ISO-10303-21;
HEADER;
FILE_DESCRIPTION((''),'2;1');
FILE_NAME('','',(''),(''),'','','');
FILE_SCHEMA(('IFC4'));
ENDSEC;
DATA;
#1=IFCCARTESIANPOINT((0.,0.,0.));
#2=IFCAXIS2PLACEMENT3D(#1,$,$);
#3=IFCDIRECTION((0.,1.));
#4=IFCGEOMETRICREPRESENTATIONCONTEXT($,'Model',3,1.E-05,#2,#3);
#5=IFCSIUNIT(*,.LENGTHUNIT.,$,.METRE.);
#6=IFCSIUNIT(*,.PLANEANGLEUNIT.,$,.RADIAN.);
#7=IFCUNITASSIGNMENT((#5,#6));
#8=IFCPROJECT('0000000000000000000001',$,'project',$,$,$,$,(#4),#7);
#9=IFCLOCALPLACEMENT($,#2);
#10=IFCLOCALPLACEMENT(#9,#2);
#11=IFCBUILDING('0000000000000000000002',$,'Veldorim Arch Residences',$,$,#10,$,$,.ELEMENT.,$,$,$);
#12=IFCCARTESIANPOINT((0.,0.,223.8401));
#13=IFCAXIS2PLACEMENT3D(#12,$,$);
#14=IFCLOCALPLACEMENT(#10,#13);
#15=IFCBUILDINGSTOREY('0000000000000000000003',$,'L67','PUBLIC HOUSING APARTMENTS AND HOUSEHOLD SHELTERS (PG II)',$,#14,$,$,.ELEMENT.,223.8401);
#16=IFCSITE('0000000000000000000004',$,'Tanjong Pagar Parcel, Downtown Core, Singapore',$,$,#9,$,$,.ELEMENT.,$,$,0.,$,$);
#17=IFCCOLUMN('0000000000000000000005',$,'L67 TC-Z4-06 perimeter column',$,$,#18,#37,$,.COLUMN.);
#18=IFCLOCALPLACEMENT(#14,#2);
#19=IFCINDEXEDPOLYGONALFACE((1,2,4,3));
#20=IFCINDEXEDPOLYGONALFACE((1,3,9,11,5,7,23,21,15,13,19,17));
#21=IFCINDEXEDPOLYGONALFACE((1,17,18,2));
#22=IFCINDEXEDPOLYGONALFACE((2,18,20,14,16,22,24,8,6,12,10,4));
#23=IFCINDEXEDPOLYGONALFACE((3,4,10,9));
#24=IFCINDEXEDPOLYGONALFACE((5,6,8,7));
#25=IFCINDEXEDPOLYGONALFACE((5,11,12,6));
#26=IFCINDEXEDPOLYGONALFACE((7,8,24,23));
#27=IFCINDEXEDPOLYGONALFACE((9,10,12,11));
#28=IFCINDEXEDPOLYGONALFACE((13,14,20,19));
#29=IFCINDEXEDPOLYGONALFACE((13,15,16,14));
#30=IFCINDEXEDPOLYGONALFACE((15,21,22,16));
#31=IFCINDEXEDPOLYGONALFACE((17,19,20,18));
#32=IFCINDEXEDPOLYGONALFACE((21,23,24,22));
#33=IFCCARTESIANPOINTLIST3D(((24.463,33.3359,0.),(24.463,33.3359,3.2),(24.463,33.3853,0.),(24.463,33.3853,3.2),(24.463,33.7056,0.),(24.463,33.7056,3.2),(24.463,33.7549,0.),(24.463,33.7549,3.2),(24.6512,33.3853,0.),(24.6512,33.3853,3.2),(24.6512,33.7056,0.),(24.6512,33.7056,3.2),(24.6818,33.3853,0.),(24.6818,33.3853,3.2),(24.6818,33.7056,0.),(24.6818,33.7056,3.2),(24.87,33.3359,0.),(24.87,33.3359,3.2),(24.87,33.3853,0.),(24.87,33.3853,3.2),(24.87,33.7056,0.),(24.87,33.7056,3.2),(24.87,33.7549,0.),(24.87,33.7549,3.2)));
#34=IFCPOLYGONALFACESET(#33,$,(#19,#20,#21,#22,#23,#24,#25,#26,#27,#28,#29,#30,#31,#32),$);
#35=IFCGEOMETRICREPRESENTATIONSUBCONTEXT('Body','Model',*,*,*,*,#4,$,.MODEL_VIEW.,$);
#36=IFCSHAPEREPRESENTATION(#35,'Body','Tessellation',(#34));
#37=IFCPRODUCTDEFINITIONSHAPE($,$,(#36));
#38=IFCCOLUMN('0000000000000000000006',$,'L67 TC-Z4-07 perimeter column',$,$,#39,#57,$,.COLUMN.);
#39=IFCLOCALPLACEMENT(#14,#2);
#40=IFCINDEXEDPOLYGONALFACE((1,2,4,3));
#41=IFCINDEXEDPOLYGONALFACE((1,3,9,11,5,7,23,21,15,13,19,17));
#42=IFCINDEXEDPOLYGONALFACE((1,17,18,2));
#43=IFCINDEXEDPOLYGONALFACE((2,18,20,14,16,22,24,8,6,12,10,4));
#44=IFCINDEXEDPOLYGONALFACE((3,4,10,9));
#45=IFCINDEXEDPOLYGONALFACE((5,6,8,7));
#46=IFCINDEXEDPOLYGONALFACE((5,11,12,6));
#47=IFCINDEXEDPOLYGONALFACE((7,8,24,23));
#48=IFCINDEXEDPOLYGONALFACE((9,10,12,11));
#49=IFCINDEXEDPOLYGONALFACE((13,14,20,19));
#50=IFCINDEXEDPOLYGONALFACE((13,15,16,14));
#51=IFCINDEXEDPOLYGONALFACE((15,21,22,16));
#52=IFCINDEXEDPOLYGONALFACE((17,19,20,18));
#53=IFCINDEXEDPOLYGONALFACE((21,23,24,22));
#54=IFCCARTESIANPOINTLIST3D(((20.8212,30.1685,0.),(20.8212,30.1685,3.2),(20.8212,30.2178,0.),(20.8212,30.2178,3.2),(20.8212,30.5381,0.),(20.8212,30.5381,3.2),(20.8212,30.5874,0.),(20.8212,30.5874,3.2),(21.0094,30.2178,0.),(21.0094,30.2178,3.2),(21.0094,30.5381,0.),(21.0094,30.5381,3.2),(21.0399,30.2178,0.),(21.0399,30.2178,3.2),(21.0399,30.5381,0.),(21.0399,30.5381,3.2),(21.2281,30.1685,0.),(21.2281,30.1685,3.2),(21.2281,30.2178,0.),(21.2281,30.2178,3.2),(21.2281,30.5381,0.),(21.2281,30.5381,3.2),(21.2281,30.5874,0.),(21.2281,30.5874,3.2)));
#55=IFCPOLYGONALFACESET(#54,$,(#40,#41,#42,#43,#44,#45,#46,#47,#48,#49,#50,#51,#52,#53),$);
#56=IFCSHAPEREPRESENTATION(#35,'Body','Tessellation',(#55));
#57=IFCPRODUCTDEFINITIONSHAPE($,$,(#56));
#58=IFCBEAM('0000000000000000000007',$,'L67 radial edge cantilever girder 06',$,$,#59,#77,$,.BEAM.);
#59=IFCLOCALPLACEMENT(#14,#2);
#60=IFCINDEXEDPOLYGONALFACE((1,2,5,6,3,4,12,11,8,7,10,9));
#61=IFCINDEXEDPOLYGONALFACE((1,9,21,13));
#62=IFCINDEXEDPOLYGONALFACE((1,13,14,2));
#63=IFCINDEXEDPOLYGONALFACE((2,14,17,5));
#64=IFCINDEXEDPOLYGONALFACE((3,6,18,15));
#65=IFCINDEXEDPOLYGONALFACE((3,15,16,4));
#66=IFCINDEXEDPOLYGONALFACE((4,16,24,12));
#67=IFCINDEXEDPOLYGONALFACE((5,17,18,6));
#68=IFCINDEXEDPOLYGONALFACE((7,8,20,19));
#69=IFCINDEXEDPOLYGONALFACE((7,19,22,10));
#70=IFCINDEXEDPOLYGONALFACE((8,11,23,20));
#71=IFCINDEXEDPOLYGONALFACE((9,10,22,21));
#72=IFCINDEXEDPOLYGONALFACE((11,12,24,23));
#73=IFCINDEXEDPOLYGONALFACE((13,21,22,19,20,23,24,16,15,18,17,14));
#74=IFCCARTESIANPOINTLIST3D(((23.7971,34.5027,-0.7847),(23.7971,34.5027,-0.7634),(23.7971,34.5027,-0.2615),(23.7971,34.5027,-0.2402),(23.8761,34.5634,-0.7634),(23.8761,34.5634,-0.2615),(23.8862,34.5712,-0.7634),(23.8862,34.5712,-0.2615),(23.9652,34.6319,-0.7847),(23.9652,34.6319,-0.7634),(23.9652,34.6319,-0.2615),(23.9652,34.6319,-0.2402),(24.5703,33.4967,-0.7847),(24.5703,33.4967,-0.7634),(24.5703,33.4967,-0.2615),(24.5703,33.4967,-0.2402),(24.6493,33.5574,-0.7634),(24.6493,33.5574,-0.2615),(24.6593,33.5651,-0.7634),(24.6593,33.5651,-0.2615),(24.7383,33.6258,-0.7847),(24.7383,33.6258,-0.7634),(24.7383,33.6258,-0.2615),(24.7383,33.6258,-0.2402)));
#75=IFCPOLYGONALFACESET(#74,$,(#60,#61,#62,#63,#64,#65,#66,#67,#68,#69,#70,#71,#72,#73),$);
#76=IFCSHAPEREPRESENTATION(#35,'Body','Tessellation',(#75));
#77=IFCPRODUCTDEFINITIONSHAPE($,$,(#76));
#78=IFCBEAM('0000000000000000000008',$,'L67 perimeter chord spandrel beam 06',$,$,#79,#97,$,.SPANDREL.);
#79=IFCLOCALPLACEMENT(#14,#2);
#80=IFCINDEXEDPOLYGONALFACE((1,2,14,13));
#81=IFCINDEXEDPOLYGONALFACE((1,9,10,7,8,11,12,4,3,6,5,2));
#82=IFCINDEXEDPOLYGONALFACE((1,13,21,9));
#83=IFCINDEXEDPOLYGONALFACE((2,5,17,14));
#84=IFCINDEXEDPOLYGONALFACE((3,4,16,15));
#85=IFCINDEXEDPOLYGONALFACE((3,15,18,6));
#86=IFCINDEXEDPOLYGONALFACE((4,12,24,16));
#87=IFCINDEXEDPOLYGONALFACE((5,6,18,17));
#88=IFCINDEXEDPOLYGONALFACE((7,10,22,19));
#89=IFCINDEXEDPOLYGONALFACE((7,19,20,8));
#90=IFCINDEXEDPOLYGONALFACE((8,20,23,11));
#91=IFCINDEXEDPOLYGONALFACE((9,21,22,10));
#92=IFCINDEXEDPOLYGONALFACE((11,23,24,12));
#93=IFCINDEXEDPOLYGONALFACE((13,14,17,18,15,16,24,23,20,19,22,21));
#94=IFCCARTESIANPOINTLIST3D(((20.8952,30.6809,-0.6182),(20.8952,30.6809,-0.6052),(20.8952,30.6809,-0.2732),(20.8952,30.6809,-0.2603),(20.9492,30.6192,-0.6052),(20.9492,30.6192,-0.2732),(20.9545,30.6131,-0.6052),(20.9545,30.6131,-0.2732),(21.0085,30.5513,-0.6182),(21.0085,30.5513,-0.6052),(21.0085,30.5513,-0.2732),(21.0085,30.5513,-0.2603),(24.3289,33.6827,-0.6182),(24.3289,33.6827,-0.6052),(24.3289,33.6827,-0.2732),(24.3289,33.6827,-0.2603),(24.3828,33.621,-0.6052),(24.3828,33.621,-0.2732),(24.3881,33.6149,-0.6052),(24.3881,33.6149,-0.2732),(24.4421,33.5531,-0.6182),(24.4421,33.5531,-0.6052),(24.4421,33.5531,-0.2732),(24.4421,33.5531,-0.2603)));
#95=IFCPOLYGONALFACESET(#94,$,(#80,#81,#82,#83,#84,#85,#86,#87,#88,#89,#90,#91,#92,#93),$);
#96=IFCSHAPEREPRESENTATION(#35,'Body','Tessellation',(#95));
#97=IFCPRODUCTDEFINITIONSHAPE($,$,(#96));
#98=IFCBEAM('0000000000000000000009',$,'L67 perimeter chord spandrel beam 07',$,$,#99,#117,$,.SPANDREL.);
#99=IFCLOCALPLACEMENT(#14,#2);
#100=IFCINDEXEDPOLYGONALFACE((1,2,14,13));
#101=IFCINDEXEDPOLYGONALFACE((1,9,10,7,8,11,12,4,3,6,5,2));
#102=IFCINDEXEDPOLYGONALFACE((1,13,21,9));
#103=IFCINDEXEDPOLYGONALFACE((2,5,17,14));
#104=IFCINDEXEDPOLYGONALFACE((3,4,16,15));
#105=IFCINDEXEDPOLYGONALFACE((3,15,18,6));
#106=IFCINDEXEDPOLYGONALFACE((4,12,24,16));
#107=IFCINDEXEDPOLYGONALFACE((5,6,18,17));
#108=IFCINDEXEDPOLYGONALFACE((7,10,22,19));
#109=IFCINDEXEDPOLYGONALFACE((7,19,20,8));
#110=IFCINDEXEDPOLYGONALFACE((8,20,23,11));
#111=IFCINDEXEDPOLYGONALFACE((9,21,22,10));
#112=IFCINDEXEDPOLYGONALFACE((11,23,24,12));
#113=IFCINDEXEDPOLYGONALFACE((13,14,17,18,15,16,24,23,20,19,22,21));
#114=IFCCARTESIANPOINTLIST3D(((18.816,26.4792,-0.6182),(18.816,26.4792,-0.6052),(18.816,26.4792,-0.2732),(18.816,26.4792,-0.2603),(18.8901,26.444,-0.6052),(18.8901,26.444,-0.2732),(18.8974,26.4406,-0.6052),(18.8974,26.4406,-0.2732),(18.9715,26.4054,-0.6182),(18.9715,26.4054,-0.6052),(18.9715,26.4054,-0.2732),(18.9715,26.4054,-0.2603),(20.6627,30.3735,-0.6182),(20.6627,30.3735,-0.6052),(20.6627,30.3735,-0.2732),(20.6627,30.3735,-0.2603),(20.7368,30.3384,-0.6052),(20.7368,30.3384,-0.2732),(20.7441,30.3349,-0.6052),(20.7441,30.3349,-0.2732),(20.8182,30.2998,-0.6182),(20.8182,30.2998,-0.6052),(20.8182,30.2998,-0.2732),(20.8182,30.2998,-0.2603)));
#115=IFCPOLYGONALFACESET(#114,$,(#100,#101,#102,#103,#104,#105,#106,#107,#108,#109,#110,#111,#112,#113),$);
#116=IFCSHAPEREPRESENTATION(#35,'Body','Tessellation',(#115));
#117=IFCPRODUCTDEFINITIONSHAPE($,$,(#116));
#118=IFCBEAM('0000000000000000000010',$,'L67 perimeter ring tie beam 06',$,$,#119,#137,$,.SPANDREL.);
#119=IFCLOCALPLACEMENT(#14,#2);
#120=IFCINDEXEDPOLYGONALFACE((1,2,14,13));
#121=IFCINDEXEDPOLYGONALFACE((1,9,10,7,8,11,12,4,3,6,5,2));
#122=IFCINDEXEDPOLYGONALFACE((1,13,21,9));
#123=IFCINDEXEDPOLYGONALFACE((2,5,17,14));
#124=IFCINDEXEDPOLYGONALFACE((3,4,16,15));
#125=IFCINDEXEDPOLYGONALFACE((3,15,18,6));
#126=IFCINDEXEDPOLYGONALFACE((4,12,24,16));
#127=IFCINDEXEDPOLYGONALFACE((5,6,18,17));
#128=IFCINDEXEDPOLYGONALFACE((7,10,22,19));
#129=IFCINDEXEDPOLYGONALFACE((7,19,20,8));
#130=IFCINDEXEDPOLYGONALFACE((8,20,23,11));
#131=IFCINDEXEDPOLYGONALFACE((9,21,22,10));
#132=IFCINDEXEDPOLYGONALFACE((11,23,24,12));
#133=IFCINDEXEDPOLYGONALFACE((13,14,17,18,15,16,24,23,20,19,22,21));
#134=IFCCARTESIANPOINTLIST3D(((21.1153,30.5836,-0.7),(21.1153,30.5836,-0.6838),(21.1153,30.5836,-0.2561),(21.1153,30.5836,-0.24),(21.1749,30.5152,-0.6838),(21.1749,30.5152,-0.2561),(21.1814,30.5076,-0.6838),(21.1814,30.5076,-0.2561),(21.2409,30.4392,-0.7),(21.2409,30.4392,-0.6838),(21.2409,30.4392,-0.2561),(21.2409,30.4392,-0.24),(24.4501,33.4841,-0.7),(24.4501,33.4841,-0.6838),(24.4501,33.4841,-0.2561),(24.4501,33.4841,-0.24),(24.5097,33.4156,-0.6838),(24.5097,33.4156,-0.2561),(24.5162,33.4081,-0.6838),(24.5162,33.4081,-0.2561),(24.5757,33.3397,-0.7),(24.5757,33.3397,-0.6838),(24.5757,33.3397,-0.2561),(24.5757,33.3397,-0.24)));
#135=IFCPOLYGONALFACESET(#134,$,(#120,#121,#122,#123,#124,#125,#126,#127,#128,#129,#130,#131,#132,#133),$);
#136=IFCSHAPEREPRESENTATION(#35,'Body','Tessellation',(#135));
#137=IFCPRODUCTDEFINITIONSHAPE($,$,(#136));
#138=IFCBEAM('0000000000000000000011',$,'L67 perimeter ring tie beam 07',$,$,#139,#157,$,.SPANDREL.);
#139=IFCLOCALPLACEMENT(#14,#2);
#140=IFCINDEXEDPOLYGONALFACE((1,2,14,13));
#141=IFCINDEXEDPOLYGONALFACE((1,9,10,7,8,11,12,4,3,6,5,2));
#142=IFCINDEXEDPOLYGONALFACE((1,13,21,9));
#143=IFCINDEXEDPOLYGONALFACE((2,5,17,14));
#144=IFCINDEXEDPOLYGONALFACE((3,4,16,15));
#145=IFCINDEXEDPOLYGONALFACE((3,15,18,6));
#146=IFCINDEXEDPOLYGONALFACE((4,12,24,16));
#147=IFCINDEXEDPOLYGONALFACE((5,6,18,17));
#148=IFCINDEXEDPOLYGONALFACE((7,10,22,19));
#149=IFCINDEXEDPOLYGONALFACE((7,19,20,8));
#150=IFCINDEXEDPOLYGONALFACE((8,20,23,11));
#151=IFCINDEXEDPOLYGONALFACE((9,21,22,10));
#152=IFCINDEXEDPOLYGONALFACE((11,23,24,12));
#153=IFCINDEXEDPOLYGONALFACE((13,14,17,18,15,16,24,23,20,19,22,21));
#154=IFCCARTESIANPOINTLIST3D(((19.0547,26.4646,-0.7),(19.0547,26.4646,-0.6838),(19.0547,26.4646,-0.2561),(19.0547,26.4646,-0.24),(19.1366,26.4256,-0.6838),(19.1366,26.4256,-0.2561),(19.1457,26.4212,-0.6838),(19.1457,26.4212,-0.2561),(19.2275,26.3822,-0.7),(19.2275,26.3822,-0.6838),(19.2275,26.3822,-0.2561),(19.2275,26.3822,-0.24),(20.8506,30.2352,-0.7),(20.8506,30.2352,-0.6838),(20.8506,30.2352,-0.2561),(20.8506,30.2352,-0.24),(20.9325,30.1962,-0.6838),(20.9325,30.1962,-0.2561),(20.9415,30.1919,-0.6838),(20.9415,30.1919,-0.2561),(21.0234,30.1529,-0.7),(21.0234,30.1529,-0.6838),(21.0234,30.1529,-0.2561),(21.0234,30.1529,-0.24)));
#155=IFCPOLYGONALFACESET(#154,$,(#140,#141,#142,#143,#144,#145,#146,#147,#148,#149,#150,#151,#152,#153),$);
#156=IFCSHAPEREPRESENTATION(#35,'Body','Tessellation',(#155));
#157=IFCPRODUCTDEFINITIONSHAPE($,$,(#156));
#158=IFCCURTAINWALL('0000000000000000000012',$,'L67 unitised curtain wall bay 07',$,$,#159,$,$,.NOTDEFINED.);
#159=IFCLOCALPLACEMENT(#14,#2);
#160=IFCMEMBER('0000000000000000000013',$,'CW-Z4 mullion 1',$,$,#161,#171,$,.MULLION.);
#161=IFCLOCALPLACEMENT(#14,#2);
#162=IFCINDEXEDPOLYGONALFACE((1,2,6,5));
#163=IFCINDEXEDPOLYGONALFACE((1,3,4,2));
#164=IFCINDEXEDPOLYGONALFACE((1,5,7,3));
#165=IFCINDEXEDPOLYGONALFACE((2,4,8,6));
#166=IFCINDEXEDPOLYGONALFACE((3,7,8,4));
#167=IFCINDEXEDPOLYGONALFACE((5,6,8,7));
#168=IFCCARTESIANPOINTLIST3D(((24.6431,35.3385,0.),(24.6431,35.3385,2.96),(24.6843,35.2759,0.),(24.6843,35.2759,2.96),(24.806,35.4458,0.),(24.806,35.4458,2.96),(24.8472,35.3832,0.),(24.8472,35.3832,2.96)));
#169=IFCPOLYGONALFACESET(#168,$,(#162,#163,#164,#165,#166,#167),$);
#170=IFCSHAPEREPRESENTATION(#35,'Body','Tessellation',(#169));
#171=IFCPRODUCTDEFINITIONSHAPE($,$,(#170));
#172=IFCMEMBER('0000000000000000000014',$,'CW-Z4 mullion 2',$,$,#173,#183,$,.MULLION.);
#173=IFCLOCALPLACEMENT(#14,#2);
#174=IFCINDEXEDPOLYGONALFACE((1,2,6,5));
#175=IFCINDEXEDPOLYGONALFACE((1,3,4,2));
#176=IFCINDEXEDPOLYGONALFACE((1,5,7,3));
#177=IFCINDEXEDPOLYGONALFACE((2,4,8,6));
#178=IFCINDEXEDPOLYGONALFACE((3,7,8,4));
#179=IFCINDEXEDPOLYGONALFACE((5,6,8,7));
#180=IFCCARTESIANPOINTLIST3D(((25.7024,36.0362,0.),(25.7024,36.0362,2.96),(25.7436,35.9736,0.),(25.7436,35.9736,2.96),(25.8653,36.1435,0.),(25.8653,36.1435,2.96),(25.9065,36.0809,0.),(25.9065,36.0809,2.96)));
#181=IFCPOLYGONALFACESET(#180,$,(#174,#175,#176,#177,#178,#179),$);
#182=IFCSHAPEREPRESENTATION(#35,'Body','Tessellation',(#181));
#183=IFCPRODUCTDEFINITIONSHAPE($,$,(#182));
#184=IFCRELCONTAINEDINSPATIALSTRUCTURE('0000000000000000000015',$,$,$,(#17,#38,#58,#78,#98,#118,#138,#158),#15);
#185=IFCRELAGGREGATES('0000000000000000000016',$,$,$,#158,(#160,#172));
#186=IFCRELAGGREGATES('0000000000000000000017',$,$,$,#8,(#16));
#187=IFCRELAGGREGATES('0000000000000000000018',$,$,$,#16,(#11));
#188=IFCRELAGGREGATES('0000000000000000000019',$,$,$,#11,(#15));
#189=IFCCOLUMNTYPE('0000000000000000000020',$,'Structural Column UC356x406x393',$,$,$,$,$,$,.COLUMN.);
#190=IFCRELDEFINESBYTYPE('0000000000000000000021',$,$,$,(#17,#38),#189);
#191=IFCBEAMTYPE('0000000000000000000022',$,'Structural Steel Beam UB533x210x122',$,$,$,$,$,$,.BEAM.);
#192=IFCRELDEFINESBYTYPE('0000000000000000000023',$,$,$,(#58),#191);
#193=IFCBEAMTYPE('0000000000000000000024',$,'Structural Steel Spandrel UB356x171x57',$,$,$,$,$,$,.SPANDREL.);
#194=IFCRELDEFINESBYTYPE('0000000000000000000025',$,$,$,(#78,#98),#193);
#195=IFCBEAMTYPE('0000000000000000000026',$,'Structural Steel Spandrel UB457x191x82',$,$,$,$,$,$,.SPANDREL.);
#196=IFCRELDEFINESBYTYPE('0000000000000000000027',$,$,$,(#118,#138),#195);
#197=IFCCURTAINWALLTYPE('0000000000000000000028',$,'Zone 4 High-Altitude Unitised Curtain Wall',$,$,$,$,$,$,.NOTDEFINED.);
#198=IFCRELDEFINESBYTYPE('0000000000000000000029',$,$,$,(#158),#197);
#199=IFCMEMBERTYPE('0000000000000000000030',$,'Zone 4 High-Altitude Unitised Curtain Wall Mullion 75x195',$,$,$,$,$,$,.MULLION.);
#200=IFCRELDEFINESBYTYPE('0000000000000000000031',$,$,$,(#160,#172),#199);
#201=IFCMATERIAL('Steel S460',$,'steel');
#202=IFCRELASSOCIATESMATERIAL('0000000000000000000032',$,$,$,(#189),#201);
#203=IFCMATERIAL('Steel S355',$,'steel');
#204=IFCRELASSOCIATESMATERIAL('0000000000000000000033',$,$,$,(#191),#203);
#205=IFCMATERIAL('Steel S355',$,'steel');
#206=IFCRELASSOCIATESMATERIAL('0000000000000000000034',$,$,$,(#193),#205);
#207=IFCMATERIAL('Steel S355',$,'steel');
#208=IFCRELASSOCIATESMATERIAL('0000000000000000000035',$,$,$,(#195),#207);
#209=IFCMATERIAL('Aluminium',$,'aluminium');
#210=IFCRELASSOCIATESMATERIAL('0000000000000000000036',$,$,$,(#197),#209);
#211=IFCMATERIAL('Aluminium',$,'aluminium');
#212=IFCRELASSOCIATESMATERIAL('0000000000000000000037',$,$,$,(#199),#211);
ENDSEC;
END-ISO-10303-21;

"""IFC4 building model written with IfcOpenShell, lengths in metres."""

from ifc_helpers import new_model, si_unit, direction, frame, origin, origin_2d, place, context, subcontext, project, spatial, rectangle, i_section, extrude, material, material_profile, profile_set, type_object, element, aggregate, save


model = new_model("IFC4")

# Units and contexts
model_context = context("Model", 3, precision=1e-05, world=origin(), true_north=direction((0.0, 1.0)))
body_context = subcontext(model_context, "Body", "Model", "MODEL_VIEW")
ifc_project = project(units=[si_unit("LENGTHUNIT", "METRE"), si_unit("PLANEANGLEUNIT", "RADIAN")], contexts=[model_context])

# Site, building, storey
site_placement = place(None, origin())
site = spatial("IfcSite", under=ifc_project, at=site_placement, Name="Tanjong Pagar Parcel, Downtown Core, Singapore", CompositionType="ELEMENT", RefElevation=0.0)
building_placement = place(site_placement, origin())
building = spatial("IfcBuilding", under=site, at=building_placement, Name="Veldorim Arch Residences", CompositionType="ELEMENT")
storey_placement = place(building_placement, frame((0.0, 0.0, 223.8401)))
storey = spatial("IfcBuildingStorey", under=building, at=storey_placement, Name="L67", Description="PUBLIC HOUSING APARTMENTS AND HOUSEHOLD SHELTERS (PG II)", CompositionType="ELEMENT", Elevation=223.8401)

# Columns
ifc_material_1 = material(Name="Steel S460", Category="steel")
ifc_material_profile_1 = material_profile(ifc_material_1, i_section(OverallWidth=0.407, OverallDepth=0.4189, WebThickness=0.0305, FlangeThickness=0.0493, at=origin_2d()), Name="UC356x406x393")
ifc_profile_set_1 = profile_set([ifc_material_profile_1], Name="Steel S460")
column_type = type_object("IfcColumnType", Name="Structural Column UC356x406x393", PredefinedType="COLUMN", material=ifc_profile_set_1)
for number, where, z_axis, x_axis, name in (
    (1, (24.6665, 33.5454, 0.0), (0.0, 0.0, 1.0), (1.0, 0.0, 0.0), "L67 TC-Z4-06 perimeter column"),
    (2, (21.0247, 30.3779, 0.0), (0.0, 0.0, 1.0), (1.0, 0.0, 0.0), "L67 TC-Z4-07 perimeter column"),
):
    element("IfcColumn", number, at=place(storey_placement, frame(where, z_axis=z_axis, x_axis=x_axis)), inside=storey, type_object=column_type, Name=name, PredefinedType="COLUMN", context=body_context, shape_type="SweptSolid", body=[
        extrude(i_section(OverallWidth=0.407, OverallDepth=0.4189, WebThickness=0.0305, FlangeThickness=0.0493, at=origin_2d()), origin(), (0.0, 0.0, 1.0), 3.2),
    ])

# Beams
ifc_material_2 = material(Name="Steel S355", Category="steel")
ifc_material_profile_2 = material_profile(ifc_material_2, i_section(OverallWidth=0.2119, OverallDepth=0.5444, WebThickness=0.0127, FlangeThickness=0.0212, at=origin_2d()), Name="UB533x210x122")
ifc_profile_set_2 = profile_set([ifc_material_profile_2], Name="Steel S355")
beam_type_1 = type_object("IfcBeamType", Name="Structural Steel Beam UB533x210x122", PredefinedType="BEAM", material=ifc_profile_set_2)
beam_1_placement = place(storey_placement, frame((24.6543, 33.5613, -0.5125), z_axis=(-0.609348, 0.792903, 0.0), x_axis=(-0.792903, -0.609348, 0.0)))
element("IfcBeam", 3, at=beam_1_placement, inside=storey, type_object=beam_type_1, Name="L67 radial edge cantilever girder 06", PredefinedType="BEAM", context=body_context, shape_type="SweptSolid", body=[
    extrude(i_section(OverallWidth=0.2119, OverallDepth=0.5444, WebThickness=0.0127, FlangeThickness=0.0212, at=origin_2d()), origin(), (0.0, 0.0, 1.0), 1.2688),
])
ifc_material_3 = material(Name="Steel S355", Category="steel")
ifc_material_profile_3 = material_profile(ifc_material_3, i_section(OverallWidth=0.1721, OverallDepth=0.3579, WebThickness=0.0081, FlangeThickness=0.0129, at=origin_2d()), Name="UB356x171x57")
ifc_profile_set_3 = profile_set([ifc_material_profile_3], Name="Steel S355")
beam_type_2 = type_object("IfcBeamType", Name="Structural Steel Spandrel UB356x171x57", PredefinedType="SPANDREL", material=ifc_profile_set_3)
beam_2_placement = place(storey_placement, frame((24.3855, 33.6179, -0.4392), z_axis=(-0.752868, -0.658171, 0.0), x_axis=(0.658171, -0.752868, 0.0)))
element("IfcBeam", 4, at=beam_2_placement, inside=storey, type_object=beam_type_2, Name="L67 perimeter chord spandrel beam 06", PredefinedType="SPANDREL", context=body_context, shape_type="SweptSolid", body=[
    extrude(i_section(OverallWidth=0.1721, OverallDepth=0.3579, WebThickness=0.0081, FlangeThickness=0.0129, at=origin_2d()), origin(), (0.0, 0.0, 1.0), 4.5608),
])
beam_3_placement = place(storey_placement, frame((20.7405, 30.3367, -0.4392), z_axis=(-0.428469, -0.903557, 0.0), x_axis=(0.903557, -0.428469, 0.0)))
element("IfcBeam", 5, at=beam_3_placement, inside=storey, type_object=beam_type_2, Name="L67 perimeter chord spandrel beam 07", PredefinedType="SPANDREL", context=body_context, shape_type="SweptSolid", body=[
    extrude(i_section(OverallWidth=0.1721, OverallDepth=0.3579, WebThickness=0.0081, FlangeThickness=0.0129, at=origin_2d()), origin(), (0.0, 0.0, 1.0), 4.3101),
])
ifc_material_4 = material(Name="Steel S355", Category="steel")
ifc_material_profile_4 = material_profile(ifc_material_4, i_section(OverallWidth=0.1914, OverallDepth=0.46, WebThickness=0.01, FlangeThickness=0.0161, at=origin_2d()), Name="UB457x191x82")
ifc_profile_set_4 = profile_set([ifc_material_profile_4], Name="Steel S355")
beam_type_3 = type_object("IfcBeamType", Name="Structural Steel Spandrel UB457x191x82", PredefinedType="SPANDREL", material=ifc_profile_set_4)
beam_4_placement = place(storey_placement, frame((24.5129, 33.4119, -0.47), z_axis=(-0.754534, -0.656261, 0.0), x_axis=(0.656261, -0.754534, 0.0)))
element("IfcBeam", 6, at=beam_4_placement, inside=storey, type_object=beam_type_3, Name="L67 perimeter ring tie beam 06", PredefinedType="SPANDREL", context=body_context, shape_type="SweptSolid", body=[
    extrude(i_section(OverallWidth=0.1914, OverallDepth=0.46, WebThickness=0.01, FlangeThickness=0.0161, at=origin_2d()), origin(), (0.0, 0.0, 1.0), 4.4197),
])
beam_5_placement = place(storey_placement, frame((20.937, 30.1941, -0.47), z_axis=(-0.429993, -0.902832, 0.0), x_axis=(0.902832, -0.429993, 0.0)))
element("IfcBeam", 7, at=beam_5_placement, inside=storey, type_object=beam_type_3, Name="L67 perimeter ring tie beam 07", PredefinedType="SPANDREL", context=body_context, shape_type="SweptSolid", body=[
    extrude(i_section(OverallWidth=0.1914, OverallDepth=0.46, WebThickness=0.01, FlangeThickness=0.0161, at=origin_2d()), origin(), (0.0, 0.0, 1.0), 4.1765),
])

# Curtain wall, members
ifc_material_5 = material(Name="Aluminium", Category="aluminium")
curtain_wall_type = type_object("IfcCurtainWallType", Name="Zone 4 High-Altitude Unitised Curtain Wall", PredefinedType="NOTDEFINED", material=ifc_material_5)
curtain_wall_placement = place(storey_placement, origin())
curtain_wall = element("IfcCurtainWall", 8, at=curtain_wall_placement, inside=storey, type_object=curtain_wall_type, Name="L67 unitised curtain wall bay 07", PredefinedType="NOTDEFINED")
ifc_material_6 = material(Name="Aluminium", Category="aluminium")
ifc_material_profile_5 = material_profile(ifc_material_6, rectangle(XDim=0.075, YDim=0.1951, at=origin_2d()), Name="ALU_MUL_75x195")
ifc_profile_set_5 = profile_set([ifc_material_profile_5], Name="Aluminium")
member_type_1 = type_object("IfcMemberType", Name="Zone 4 High-Altitude Unitised Curtain Wall Mullion 75x195", PredefinedType="MULLION", material=ifc_profile_set_5)
member_1_placement = place(storey_placement, frame((24.7451, 35.3608, 0.0), z_axis=(0.0, 0.0, 1.0), x_axis=(-0.550062, 0.835124, 0.0)))
member_1 = element("IfcMember", 9, at=member_1_placement, type_object=member_type_1, Name="CW-Z4 mullion 1", PredefinedType="MULLION", context=body_context, shape_type="SweptSolid", body=[
    extrude(rectangle(XDim=0.075, YDim=0.1951, at=origin_2d()), origin(), (0.0, 0.0, 1.0), 2.96),
])
member_2_placement = place(storey_placement, frame((25.8044, 36.0586, 0.0), z_axis=(0.0, 0.0, 1.0), x_axis=(-0.550062, 0.835124, 0.0)))
member_2 = element("IfcMember", 10, at=member_2_placement, type_object=member_type_1, Name="CW-Z4 mullion 2", PredefinedType="MULLION", context=body_context, shape_type="SweptSolid", body=[
    extrude(rectangle(XDim=0.075, YDim=0.1951, at=origin_2d()), origin(), (0.0, 0.0, 1.0), 2.96),
])
aggregate(curtain_wall, [member_1, member_2])

save(model, "model.ifc")
